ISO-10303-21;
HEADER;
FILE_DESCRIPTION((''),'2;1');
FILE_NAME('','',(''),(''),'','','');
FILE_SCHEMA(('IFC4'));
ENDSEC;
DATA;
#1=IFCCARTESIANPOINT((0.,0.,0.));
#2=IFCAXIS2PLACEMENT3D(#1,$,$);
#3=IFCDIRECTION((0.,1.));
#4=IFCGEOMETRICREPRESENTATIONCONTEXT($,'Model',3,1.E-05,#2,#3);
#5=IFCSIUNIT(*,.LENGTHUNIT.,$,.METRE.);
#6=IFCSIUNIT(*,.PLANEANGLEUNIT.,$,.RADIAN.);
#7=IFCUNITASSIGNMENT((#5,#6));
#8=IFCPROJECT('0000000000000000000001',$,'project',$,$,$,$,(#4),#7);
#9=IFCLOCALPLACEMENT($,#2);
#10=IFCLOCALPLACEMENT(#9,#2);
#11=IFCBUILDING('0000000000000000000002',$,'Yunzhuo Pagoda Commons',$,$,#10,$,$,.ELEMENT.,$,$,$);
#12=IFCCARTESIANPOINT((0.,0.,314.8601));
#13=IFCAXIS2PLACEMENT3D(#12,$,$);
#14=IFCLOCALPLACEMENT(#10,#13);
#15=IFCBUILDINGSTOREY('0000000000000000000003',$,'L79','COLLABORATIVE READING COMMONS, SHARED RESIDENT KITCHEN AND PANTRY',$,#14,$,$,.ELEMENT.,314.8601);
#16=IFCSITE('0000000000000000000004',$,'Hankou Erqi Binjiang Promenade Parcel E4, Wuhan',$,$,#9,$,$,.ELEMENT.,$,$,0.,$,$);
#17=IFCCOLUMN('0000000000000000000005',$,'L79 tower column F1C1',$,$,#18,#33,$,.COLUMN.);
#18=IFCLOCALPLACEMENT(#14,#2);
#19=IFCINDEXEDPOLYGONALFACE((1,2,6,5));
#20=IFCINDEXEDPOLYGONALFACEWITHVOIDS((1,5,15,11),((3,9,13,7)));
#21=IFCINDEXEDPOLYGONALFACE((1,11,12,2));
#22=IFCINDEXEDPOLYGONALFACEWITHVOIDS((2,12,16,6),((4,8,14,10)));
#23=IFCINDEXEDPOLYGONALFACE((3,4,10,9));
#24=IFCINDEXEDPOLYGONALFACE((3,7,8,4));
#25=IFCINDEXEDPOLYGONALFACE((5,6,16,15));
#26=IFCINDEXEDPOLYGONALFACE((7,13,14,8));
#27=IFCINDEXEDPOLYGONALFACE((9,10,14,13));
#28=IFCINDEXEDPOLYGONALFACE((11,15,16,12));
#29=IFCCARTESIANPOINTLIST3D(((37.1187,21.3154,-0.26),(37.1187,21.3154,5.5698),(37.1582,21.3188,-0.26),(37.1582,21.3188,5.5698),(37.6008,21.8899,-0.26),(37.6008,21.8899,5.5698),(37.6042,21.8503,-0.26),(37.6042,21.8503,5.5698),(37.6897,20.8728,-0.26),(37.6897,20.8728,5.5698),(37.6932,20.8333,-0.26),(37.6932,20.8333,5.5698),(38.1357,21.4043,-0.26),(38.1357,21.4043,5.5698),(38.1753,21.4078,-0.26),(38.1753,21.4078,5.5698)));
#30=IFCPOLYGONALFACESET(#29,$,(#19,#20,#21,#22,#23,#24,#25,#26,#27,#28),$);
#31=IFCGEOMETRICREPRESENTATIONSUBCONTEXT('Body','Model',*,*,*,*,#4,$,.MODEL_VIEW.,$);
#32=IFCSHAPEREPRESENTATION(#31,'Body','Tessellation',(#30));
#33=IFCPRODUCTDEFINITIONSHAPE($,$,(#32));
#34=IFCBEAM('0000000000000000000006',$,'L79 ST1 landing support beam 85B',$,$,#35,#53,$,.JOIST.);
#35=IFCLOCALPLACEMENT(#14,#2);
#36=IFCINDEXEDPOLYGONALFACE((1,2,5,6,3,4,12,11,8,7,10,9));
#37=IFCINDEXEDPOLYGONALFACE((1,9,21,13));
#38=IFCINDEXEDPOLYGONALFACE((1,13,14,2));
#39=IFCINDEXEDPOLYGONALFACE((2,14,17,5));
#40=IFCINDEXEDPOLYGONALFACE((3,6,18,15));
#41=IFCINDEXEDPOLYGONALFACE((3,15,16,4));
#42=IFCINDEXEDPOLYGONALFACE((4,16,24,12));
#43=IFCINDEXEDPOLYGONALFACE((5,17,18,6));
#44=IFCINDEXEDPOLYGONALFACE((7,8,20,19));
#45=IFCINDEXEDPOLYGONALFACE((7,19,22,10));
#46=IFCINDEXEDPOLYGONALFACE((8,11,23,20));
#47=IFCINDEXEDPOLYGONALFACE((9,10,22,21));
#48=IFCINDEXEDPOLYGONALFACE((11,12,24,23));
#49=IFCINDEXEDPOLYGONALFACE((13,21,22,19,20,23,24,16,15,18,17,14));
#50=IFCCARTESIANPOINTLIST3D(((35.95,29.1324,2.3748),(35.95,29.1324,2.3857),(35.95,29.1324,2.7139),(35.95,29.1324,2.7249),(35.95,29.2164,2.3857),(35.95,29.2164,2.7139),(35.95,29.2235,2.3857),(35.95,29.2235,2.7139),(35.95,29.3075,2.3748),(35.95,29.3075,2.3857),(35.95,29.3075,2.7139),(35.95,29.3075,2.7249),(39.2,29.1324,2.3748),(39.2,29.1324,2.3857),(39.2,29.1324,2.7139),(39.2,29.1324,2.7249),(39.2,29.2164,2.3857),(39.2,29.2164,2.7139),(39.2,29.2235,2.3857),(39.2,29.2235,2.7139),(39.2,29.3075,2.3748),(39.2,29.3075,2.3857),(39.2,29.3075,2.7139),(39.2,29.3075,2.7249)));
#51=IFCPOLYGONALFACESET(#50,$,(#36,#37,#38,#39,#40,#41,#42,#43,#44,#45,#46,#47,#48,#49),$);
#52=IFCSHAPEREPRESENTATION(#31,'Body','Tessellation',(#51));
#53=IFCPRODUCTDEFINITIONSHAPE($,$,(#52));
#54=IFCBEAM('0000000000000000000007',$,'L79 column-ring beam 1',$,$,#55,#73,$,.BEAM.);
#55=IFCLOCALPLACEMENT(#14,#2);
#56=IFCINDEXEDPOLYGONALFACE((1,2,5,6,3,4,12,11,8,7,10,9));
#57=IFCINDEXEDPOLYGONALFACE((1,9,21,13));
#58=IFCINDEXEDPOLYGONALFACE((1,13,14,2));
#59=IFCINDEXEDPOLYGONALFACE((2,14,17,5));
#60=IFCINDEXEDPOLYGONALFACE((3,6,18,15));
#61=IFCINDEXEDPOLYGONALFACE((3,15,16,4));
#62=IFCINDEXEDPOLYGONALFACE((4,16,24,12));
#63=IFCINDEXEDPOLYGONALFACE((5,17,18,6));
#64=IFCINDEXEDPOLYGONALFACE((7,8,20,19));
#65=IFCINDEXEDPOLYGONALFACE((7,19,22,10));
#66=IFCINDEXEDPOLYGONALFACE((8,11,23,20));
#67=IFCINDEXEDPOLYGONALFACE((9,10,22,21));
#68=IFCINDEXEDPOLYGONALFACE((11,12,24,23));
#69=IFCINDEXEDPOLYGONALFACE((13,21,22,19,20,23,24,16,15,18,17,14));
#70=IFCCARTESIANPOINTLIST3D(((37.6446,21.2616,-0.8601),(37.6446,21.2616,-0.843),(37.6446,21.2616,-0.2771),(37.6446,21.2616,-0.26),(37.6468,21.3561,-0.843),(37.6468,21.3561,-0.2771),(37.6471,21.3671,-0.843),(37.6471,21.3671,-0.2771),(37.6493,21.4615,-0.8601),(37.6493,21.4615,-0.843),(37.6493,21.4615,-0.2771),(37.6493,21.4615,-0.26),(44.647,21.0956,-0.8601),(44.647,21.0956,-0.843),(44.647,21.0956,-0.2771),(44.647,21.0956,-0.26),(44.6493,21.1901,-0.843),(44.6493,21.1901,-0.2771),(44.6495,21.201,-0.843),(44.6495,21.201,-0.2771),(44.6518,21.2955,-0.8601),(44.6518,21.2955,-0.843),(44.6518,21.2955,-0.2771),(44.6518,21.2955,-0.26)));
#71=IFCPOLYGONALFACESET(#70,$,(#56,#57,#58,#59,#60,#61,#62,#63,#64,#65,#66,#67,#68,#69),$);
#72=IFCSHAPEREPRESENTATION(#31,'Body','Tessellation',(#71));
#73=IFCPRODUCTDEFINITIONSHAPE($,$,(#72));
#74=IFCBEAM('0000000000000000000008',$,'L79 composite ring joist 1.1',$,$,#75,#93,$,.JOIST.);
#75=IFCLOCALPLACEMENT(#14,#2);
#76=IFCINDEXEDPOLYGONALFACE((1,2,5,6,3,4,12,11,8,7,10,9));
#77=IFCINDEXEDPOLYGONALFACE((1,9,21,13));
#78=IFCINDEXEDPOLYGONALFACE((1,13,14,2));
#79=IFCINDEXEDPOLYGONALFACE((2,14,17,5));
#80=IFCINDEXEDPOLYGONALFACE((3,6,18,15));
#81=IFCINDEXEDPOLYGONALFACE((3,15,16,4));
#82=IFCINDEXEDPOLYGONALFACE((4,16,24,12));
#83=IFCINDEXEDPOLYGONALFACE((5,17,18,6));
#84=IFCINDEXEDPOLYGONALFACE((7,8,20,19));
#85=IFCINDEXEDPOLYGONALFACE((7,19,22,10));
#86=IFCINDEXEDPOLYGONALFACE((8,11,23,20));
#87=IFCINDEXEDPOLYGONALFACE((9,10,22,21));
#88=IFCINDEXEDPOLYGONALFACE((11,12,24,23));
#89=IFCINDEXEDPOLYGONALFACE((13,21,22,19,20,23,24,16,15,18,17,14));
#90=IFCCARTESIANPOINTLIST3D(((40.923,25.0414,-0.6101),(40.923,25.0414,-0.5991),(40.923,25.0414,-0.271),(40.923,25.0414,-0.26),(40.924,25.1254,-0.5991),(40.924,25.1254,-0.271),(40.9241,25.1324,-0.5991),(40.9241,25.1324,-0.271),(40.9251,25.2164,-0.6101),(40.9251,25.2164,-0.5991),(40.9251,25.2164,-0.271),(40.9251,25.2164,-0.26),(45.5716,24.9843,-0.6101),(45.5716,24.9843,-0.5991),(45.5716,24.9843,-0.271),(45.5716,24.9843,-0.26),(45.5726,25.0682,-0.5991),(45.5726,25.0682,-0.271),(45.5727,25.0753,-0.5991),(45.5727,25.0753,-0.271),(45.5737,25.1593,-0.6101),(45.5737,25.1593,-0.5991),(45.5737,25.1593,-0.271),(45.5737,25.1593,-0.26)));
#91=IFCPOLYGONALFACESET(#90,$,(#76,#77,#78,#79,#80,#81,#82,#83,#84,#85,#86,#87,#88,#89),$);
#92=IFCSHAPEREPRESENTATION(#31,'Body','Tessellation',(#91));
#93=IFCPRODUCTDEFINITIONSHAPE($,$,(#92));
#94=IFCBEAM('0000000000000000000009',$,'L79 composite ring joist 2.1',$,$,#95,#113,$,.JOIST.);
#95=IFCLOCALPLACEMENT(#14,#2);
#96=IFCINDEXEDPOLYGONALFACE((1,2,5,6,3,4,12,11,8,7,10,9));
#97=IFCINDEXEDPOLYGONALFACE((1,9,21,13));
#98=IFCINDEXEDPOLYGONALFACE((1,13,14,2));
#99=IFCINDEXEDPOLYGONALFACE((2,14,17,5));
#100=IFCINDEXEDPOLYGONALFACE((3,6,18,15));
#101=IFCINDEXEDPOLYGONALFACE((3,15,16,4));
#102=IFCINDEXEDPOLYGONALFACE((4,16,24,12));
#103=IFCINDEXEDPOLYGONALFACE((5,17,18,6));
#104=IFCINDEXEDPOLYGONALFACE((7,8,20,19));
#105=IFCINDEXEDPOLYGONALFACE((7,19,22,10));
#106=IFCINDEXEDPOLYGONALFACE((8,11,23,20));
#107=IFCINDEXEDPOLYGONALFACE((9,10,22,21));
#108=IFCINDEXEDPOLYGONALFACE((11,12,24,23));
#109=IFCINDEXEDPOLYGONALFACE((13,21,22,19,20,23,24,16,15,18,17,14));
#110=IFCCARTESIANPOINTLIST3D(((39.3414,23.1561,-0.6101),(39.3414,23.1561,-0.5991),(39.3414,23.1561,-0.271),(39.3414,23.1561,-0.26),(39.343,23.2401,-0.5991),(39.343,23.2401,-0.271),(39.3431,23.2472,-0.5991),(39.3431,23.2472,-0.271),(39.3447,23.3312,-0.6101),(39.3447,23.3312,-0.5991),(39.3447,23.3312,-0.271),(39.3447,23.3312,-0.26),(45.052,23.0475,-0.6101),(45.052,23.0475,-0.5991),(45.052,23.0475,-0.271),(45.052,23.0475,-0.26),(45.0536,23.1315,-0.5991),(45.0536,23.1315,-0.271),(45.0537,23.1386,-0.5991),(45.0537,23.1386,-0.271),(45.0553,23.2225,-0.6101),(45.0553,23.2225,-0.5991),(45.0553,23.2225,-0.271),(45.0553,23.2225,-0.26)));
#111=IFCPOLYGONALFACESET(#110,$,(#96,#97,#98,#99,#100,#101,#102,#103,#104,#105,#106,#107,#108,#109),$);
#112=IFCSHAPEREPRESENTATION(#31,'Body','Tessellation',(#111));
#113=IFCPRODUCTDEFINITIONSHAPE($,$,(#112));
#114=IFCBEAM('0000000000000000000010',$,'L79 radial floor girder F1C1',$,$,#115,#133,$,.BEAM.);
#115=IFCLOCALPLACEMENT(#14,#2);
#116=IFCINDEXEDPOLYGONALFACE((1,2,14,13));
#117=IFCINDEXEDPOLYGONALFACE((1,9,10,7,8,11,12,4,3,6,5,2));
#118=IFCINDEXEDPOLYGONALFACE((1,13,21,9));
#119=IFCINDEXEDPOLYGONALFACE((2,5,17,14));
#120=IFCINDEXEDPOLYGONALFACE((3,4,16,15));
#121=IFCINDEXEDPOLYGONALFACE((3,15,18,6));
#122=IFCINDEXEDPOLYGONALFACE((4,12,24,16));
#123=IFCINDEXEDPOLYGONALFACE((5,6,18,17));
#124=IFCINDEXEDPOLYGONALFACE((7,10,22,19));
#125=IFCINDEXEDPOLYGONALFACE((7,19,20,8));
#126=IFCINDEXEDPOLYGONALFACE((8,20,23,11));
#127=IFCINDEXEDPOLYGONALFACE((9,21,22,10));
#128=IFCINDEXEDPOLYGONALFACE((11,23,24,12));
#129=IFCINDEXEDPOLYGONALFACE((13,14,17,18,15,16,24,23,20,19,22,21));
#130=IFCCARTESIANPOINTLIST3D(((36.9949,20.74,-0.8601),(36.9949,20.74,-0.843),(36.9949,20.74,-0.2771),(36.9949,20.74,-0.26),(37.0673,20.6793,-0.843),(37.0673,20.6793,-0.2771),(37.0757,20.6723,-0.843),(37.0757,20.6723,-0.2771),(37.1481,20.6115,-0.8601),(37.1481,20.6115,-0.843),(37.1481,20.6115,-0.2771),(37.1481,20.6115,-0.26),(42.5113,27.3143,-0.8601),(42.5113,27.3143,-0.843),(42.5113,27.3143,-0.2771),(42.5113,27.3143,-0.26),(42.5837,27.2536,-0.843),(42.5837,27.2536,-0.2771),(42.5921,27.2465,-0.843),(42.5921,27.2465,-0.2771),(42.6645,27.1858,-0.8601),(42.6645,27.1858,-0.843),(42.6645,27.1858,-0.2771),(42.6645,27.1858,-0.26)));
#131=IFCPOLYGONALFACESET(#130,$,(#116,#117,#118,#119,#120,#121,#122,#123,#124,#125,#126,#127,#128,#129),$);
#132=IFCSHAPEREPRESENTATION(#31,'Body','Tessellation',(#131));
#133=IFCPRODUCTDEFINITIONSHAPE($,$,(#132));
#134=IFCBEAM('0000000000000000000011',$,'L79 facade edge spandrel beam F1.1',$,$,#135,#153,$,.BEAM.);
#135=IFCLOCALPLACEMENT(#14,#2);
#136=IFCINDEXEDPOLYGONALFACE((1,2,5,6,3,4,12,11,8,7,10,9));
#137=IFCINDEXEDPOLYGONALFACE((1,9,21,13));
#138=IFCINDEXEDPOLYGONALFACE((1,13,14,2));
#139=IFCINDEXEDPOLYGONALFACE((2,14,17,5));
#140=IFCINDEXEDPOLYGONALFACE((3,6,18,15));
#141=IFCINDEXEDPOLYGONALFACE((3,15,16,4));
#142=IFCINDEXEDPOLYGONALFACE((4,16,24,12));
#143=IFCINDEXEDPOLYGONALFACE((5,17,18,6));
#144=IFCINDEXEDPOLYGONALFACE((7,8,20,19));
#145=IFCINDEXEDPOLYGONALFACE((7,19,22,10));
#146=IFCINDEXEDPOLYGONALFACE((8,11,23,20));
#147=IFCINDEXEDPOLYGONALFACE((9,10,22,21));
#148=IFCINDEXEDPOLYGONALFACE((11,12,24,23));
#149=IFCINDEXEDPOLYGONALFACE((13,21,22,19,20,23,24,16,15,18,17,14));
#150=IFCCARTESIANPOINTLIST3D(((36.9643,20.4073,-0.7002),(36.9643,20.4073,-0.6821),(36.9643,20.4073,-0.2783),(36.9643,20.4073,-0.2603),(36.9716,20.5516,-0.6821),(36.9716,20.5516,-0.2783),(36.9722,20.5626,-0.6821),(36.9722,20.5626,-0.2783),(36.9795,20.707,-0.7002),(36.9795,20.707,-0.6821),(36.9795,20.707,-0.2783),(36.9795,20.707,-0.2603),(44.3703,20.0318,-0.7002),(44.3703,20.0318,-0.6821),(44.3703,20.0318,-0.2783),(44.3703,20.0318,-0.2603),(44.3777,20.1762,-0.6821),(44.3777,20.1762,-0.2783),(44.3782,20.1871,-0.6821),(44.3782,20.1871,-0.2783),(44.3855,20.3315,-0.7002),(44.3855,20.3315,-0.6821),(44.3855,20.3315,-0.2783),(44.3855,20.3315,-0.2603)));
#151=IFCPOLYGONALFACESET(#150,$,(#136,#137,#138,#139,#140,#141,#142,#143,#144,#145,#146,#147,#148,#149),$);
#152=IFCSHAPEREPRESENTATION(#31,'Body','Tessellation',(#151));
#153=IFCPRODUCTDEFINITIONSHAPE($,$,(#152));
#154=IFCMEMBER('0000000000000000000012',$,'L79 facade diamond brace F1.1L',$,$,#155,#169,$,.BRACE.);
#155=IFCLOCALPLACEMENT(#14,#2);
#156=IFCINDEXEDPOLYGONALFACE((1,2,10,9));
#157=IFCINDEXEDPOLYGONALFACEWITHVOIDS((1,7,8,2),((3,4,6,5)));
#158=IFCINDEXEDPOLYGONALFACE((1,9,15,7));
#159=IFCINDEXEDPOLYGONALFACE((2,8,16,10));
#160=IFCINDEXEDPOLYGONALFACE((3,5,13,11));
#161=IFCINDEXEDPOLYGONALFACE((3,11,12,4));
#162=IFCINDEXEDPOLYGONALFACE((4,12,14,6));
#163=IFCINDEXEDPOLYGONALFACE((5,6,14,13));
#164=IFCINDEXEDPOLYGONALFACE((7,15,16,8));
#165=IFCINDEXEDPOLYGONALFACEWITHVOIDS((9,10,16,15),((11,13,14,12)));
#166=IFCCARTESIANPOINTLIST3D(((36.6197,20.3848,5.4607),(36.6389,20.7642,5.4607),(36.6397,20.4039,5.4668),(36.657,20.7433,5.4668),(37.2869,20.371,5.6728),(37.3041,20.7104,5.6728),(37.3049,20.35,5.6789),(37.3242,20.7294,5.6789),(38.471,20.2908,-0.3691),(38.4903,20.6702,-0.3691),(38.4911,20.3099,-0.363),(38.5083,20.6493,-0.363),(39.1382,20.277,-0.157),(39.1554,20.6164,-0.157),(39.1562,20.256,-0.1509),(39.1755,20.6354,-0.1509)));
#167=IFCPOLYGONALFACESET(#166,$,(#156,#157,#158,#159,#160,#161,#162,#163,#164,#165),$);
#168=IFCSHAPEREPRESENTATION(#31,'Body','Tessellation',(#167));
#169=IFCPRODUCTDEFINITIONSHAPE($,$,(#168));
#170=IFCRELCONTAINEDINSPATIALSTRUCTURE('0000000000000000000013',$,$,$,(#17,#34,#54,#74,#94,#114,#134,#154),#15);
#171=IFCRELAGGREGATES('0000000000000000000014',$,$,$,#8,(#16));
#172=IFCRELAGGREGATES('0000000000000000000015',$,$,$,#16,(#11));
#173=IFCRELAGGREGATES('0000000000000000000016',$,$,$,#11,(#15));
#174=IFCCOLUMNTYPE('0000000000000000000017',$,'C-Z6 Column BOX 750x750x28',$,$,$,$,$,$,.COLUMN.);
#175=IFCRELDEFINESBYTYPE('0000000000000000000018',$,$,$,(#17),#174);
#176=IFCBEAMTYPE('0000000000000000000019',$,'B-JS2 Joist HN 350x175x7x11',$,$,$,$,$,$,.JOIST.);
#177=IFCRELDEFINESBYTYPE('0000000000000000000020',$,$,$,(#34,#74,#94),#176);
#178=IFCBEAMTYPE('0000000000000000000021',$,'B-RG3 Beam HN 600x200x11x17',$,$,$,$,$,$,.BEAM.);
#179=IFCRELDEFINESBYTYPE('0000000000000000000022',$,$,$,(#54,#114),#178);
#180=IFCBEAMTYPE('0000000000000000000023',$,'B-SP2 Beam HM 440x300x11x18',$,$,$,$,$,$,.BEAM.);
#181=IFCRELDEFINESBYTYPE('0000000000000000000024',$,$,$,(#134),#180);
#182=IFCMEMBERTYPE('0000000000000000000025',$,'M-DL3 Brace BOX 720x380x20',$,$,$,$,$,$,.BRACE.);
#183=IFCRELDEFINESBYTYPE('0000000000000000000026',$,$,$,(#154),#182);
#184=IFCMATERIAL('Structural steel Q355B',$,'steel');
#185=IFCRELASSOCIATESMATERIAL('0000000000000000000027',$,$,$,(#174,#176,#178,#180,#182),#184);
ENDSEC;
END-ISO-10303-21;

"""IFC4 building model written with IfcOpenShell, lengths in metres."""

from ifc_helpers import new_model, si_unit, direction, frame, origin, origin_2d, place, context, subcontext, project, spatial, hollow_rectangle, i_section, extrude, source, transform, mapped, material, material_profile, profile_set, type_object, element, save


model = new_model("IFC4")

# Units and contexts
model_context = context("Model", 3, precision=1e-05, world=origin(), true_north=direction((0.0, 1.0)))
body_context = subcontext(model_context, "Body", "Model", "MODEL_VIEW")
ifc_project = project(units=[si_unit("LENGTHUNIT", "METRE"), si_unit("PLANEANGLEUNIT", "RADIAN")], contexts=[model_context])

# Site, building, storey
site_placement = place(None, origin())
site = spatial("IfcSite", under=ifc_project, at=site_placement, Name="Hankou Erqi Binjiang Promenade Parcel E4, Wuhan", CompositionType="ELEMENT", RefElevation=0.0)
building_placement = place(site_placement, origin())
building = spatial("IfcBuilding", under=site, at=building_placement, Name="Yunzhuo Pagoda Commons", CompositionType="ELEMENT")
storey_placement = place(building_placement, frame((0.0, 0.0, 314.8601)))
storey = spatial("IfcBuildingStorey", under=building, at=storey_placement, Name="L79", Description="COLLABORATIVE READING COMMONS, SHARED RESIDENT KITCHEN AND PANTRY", CompositionType="ELEMENT", Elevation=314.8601)

# Column
ifc_material_1 = material(Name="Structural steel Q355B", Category="steel")
ifc_material_profile_1 = material_profile(ifc_material_1, hollow_rectangle(XDim=0.75, YDim=0.75, WallThickness=0.0281, at=origin_2d()), Name="Structural steel Q355B")
ifc_profile_set_1 = profile_set([ifc_material_profile_1], Name="Structural steel Q355B")
column_type = type_object("IfcColumnType", Name="C-Z6 Column BOX 750x750x28", PredefinedType="COLUMN", material=ifc_profile_set_1)
shared_shape_1 = source(origin(), body_context, "Body", "SweptSolid", [
    extrude(hollow_rectangle(XDim=0.75, YDim=0.75, WallThickness=0.0281, at=origin_2d()), origin(), (0.0, 0.0, 1.0), 5.8298),
])
column_placement = place(storey_placement, frame((37.647, 21.3616, -0.26), z_axis=(0.0, 0.0, 1.0), x_axis=(0.766044, -0.642788, 0.0)))
element("IfcColumn", 1, at=column_placement, inside=storey, type_object=column_type, Name="L79 tower column F1C1", PredefinedType="COLUMN", context=body_context, shape_type="MappedRepresentation", body=[
    mapped(shared_shape_1, transform((0.0, 0.0, 0.0), scale=1.0)),
])

# Beams
ifc_material_profile_2 = material_profile(ifc_material_1, i_section(OverallWidth=0.175, OverallDepth=0.3501, WebThickness=0.0071, FlangeThickness=0.011, at=origin_2d()), Name="Structural steel Q355B")
ifc_profile_set_2 = profile_set([ifc_material_profile_2], Name="Structural steel Q355B")
beam_type_1 = type_object("IfcBeamType", Name="B-JS2 Joist HN 350x175x7x11", PredefinedType="JOIST", material=ifc_profile_set_2)
shared_shape_2 = source(origin(), body_context, "Body", "SweptSolid", [
    extrude(i_section(OverallWidth=0.175, OverallDepth=0.3501, WebThickness=0.0071, FlangeThickness=0.011, at=origin_2d()), origin(), (0.0, 0.0, 1.0), 3.25),
])
beam_1_placement = place(storey_placement, frame((35.95, 29.22, 2.5498), z_axis=(1.0, 0.0, 0.0), x_axis=(0.0, 1.0, 0.0)))
element("IfcBeam", 2, at=beam_1_placement, inside=storey, type_object=beam_type_1, Name="L79 ST1 landing support beam 85B", PredefinedType="JOIST", context=body_context, shape_type="MappedRepresentation", body=[
    mapped(shared_shape_2, transform((0.0, 0.0, 0.0), scale=1.0)),
])
ifc_material_profile_3 = material_profile(ifc_material_1, i_section(OverallWidth=0.2, OverallDepth=0.6001, WebThickness=0.011, FlangeThickness=0.0171, at=origin_2d()), Name="Structural steel Q355B")
ifc_profile_set_3 = profile_set([ifc_material_profile_3], Name="Structural steel Q355B")
beam_type_2 = type_object("IfcBeamType", Name="B-RG3 Beam HN 600x200x11x17", PredefinedType="BEAM", material=ifc_profile_set_3)
shared_shape_3 = source(origin(), body_context, "Body", "SweptSolid", [
    extrude(i_section(OverallWidth=0.2, OverallDepth=0.6001, WebThickness=0.011, FlangeThickness=0.0171, at=origin_2d()), origin(), (0.0, 0.0, 1.0), 7.0044),
])
beam_2_placement = place(storey_placement, frame((37.647, 21.3616, -0.5601), z_axis=(0.999719, -0.023702, 0.0), x_axis=(0.023702, 0.999719, 0.0)))
element("IfcBeam", 3, at=beam_2_placement, inside=storey, type_object=beam_type_2, Name="L79 column-ring beam 1", PredefinedType="BEAM", context=body_context, shape_type="MappedRepresentation", body=[
    mapped(shared_shape_3, transform((0.0, 0.0, 0.0), scale=1.0)),
])
shared_shape_4 = source(origin(), body_context, "Body", "SweptSolid", [
    extrude(i_section(OverallWidth=0.175, OverallDepth=0.3501, WebThickness=0.0071, FlangeThickness=0.011, at=origin_2d()), origin(), (0.0, 0.0, 1.0), 4.6489),
])
beam_3_placement = place(storey_placement, frame((40.9241, 25.1289, -0.4351), z_axis=(0.999924, -0.012288, 0.0), x_axis=(0.012288, 0.999924, 0.0)))
element("IfcBeam", 4, at=beam_3_placement, inside=storey, type_object=beam_type_1, Name="L79 composite ring joist 1.1", PredefinedType="JOIST", context=body_context, shape_type="MappedRepresentation", body=[
    mapped(shared_shape_4, transform((0.0, 0.0, 0.0), scale=1.0)),
])
shared_shape_5 = source(origin(), body_context, "Body", "SweptSolid", [
    extrude(i_section(OverallWidth=0.175, OverallDepth=0.3501, WebThickness=0.0071, FlangeThickness=0.011, at=origin_2d()), origin(), (0.0, 0.0, 1.0), 5.7117),
])
beam_4_placement = place(storey_placement, frame((39.343, 23.2437, -0.4351), z_axis=(0.999819, -0.019021, 0.0), x_axis=(0.019021, 0.999819, 0.0)))
element("IfcBeam", 5, at=beam_4_placement, inside=storey, type_object=beam_type_1, Name="L79 composite ring joist 2.1", PredefinedType="JOIST", context=body_context, shape_type="MappedRepresentation", body=[
    mapped(shared_shape_5, transform((0.0, 0.0, 0.0), scale=1.0)),
])
shared_shape_6 = source(origin(), body_context, "Body", "SweptSolid", [
    extrude(i_section(OverallWidth=0.2, OverallDepth=0.6001, WebThickness=0.011, FlangeThickness=0.0171, at=origin_2d()), origin(), (0.0, 0.0, 1.0), 8.582),
])
beam_5_placement = place(storey_placement, frame((37.0715, 20.6758, -0.5601), z_axis=(0.642783, 0.766048, 0.0), x_axis=(-0.766048, 0.642783, 0.0)))
element("IfcBeam", 6, at=beam_5_placement, inside=storey, type_object=beam_type_2, Name="L79 radial floor girder F1C1", PredefinedType="BEAM", context=body_context, shape_type="MappedRepresentation", body=[
    mapped(shared_shape_6, transform((0.0, 0.0, 0.0), scale=1.0)),
])
ifc_material_profile_4 = material_profile(ifc_material_1, i_section(OverallWidth=0.3, OverallDepth=0.4399, WebThickness=0.011, FlangeThickness=0.0181, at=origin_2d()), Name="Structural steel Q355B")
ifc_profile_set_4 = profile_set([ifc_material_profile_4], Name="Structural steel Q355B")
beam_type_3 = type_object("IfcBeamType", Name="B-SP2 Beam HM 440x300x11x18", PredefinedType="BEAM", material=ifc_profile_set_4)
shared_shape_7 = source(origin(), body_context, "Body", "SweptSolid", [
    extrude(i_section(OverallWidth=0.3, OverallDepth=0.4399, WebThickness=0.011, FlangeThickness=0.0181, at=origin_2d()), origin(), (0.0, 0.0, 1.0), 7.4155),
])
beam_6_placement = place(storey_placement, frame((36.9719, 20.5571, -0.4802), z_axis=(0.998717, -0.050635, 0.0), x_axis=(0.050635, 0.998717, 0.0)))
element("IfcBeam", 7, at=beam_6_placement, inside=storey, type_object=beam_type_3, Name="L79 facade edge spandrel beam F1.1", PredefinedType="BEAM", context=body_context, shape_type="MappedRepresentation", body=[
    mapped(shared_shape_7, transform((0.0, 0.0, 0.0), scale=1.0)),
])

# Member
ifc_material_profile_5 = material_profile(ifc_material_1, hollow_rectangle(XDim=0.3799, YDim=0.72, WallThickness=0.02, at=origin_2d()), Name="Structural steel Q355B")
ifc_profile_set_5 = profile_set([ifc_material_profile_5], Name="Structural steel Q355B")
member_type_1 = type_object("IfcMemberType", Name="M-DL3 Brace BOX 720x380x20", PredefinedType="BRACE", material=ifc_profile_set_5)
shared_shape_8 = source(origin(), body_context, "Body", "SweptSolid", [
    extrude(hollow_rectangle(XDim=0.3799, YDim=0.72, WallThickness=0.02, at=origin_2d()), origin(), (0.0, 0.0, 1.0), 6.1174),
])
member_1_placement = place(storey_placement, frame((38.8232, 20.4631, -0.26), z_axis=(-0.302629, 0.015365, 0.952985), x_axis=(-0.050706, -0.998714, 0.0)))
element("IfcMember", 8, at=member_1_placement, inside=storey, type_object=member_type_1, Name="L79 facade diamond brace F1.1L", PredefinedType="BRACE", context=body_context, shape_type="MappedRepresentation", body=[
    mapped(shared_shape_8, transform((0.0, 0.0, 0.0), scale=1.0)),
])

save(model, "model.ifc")
